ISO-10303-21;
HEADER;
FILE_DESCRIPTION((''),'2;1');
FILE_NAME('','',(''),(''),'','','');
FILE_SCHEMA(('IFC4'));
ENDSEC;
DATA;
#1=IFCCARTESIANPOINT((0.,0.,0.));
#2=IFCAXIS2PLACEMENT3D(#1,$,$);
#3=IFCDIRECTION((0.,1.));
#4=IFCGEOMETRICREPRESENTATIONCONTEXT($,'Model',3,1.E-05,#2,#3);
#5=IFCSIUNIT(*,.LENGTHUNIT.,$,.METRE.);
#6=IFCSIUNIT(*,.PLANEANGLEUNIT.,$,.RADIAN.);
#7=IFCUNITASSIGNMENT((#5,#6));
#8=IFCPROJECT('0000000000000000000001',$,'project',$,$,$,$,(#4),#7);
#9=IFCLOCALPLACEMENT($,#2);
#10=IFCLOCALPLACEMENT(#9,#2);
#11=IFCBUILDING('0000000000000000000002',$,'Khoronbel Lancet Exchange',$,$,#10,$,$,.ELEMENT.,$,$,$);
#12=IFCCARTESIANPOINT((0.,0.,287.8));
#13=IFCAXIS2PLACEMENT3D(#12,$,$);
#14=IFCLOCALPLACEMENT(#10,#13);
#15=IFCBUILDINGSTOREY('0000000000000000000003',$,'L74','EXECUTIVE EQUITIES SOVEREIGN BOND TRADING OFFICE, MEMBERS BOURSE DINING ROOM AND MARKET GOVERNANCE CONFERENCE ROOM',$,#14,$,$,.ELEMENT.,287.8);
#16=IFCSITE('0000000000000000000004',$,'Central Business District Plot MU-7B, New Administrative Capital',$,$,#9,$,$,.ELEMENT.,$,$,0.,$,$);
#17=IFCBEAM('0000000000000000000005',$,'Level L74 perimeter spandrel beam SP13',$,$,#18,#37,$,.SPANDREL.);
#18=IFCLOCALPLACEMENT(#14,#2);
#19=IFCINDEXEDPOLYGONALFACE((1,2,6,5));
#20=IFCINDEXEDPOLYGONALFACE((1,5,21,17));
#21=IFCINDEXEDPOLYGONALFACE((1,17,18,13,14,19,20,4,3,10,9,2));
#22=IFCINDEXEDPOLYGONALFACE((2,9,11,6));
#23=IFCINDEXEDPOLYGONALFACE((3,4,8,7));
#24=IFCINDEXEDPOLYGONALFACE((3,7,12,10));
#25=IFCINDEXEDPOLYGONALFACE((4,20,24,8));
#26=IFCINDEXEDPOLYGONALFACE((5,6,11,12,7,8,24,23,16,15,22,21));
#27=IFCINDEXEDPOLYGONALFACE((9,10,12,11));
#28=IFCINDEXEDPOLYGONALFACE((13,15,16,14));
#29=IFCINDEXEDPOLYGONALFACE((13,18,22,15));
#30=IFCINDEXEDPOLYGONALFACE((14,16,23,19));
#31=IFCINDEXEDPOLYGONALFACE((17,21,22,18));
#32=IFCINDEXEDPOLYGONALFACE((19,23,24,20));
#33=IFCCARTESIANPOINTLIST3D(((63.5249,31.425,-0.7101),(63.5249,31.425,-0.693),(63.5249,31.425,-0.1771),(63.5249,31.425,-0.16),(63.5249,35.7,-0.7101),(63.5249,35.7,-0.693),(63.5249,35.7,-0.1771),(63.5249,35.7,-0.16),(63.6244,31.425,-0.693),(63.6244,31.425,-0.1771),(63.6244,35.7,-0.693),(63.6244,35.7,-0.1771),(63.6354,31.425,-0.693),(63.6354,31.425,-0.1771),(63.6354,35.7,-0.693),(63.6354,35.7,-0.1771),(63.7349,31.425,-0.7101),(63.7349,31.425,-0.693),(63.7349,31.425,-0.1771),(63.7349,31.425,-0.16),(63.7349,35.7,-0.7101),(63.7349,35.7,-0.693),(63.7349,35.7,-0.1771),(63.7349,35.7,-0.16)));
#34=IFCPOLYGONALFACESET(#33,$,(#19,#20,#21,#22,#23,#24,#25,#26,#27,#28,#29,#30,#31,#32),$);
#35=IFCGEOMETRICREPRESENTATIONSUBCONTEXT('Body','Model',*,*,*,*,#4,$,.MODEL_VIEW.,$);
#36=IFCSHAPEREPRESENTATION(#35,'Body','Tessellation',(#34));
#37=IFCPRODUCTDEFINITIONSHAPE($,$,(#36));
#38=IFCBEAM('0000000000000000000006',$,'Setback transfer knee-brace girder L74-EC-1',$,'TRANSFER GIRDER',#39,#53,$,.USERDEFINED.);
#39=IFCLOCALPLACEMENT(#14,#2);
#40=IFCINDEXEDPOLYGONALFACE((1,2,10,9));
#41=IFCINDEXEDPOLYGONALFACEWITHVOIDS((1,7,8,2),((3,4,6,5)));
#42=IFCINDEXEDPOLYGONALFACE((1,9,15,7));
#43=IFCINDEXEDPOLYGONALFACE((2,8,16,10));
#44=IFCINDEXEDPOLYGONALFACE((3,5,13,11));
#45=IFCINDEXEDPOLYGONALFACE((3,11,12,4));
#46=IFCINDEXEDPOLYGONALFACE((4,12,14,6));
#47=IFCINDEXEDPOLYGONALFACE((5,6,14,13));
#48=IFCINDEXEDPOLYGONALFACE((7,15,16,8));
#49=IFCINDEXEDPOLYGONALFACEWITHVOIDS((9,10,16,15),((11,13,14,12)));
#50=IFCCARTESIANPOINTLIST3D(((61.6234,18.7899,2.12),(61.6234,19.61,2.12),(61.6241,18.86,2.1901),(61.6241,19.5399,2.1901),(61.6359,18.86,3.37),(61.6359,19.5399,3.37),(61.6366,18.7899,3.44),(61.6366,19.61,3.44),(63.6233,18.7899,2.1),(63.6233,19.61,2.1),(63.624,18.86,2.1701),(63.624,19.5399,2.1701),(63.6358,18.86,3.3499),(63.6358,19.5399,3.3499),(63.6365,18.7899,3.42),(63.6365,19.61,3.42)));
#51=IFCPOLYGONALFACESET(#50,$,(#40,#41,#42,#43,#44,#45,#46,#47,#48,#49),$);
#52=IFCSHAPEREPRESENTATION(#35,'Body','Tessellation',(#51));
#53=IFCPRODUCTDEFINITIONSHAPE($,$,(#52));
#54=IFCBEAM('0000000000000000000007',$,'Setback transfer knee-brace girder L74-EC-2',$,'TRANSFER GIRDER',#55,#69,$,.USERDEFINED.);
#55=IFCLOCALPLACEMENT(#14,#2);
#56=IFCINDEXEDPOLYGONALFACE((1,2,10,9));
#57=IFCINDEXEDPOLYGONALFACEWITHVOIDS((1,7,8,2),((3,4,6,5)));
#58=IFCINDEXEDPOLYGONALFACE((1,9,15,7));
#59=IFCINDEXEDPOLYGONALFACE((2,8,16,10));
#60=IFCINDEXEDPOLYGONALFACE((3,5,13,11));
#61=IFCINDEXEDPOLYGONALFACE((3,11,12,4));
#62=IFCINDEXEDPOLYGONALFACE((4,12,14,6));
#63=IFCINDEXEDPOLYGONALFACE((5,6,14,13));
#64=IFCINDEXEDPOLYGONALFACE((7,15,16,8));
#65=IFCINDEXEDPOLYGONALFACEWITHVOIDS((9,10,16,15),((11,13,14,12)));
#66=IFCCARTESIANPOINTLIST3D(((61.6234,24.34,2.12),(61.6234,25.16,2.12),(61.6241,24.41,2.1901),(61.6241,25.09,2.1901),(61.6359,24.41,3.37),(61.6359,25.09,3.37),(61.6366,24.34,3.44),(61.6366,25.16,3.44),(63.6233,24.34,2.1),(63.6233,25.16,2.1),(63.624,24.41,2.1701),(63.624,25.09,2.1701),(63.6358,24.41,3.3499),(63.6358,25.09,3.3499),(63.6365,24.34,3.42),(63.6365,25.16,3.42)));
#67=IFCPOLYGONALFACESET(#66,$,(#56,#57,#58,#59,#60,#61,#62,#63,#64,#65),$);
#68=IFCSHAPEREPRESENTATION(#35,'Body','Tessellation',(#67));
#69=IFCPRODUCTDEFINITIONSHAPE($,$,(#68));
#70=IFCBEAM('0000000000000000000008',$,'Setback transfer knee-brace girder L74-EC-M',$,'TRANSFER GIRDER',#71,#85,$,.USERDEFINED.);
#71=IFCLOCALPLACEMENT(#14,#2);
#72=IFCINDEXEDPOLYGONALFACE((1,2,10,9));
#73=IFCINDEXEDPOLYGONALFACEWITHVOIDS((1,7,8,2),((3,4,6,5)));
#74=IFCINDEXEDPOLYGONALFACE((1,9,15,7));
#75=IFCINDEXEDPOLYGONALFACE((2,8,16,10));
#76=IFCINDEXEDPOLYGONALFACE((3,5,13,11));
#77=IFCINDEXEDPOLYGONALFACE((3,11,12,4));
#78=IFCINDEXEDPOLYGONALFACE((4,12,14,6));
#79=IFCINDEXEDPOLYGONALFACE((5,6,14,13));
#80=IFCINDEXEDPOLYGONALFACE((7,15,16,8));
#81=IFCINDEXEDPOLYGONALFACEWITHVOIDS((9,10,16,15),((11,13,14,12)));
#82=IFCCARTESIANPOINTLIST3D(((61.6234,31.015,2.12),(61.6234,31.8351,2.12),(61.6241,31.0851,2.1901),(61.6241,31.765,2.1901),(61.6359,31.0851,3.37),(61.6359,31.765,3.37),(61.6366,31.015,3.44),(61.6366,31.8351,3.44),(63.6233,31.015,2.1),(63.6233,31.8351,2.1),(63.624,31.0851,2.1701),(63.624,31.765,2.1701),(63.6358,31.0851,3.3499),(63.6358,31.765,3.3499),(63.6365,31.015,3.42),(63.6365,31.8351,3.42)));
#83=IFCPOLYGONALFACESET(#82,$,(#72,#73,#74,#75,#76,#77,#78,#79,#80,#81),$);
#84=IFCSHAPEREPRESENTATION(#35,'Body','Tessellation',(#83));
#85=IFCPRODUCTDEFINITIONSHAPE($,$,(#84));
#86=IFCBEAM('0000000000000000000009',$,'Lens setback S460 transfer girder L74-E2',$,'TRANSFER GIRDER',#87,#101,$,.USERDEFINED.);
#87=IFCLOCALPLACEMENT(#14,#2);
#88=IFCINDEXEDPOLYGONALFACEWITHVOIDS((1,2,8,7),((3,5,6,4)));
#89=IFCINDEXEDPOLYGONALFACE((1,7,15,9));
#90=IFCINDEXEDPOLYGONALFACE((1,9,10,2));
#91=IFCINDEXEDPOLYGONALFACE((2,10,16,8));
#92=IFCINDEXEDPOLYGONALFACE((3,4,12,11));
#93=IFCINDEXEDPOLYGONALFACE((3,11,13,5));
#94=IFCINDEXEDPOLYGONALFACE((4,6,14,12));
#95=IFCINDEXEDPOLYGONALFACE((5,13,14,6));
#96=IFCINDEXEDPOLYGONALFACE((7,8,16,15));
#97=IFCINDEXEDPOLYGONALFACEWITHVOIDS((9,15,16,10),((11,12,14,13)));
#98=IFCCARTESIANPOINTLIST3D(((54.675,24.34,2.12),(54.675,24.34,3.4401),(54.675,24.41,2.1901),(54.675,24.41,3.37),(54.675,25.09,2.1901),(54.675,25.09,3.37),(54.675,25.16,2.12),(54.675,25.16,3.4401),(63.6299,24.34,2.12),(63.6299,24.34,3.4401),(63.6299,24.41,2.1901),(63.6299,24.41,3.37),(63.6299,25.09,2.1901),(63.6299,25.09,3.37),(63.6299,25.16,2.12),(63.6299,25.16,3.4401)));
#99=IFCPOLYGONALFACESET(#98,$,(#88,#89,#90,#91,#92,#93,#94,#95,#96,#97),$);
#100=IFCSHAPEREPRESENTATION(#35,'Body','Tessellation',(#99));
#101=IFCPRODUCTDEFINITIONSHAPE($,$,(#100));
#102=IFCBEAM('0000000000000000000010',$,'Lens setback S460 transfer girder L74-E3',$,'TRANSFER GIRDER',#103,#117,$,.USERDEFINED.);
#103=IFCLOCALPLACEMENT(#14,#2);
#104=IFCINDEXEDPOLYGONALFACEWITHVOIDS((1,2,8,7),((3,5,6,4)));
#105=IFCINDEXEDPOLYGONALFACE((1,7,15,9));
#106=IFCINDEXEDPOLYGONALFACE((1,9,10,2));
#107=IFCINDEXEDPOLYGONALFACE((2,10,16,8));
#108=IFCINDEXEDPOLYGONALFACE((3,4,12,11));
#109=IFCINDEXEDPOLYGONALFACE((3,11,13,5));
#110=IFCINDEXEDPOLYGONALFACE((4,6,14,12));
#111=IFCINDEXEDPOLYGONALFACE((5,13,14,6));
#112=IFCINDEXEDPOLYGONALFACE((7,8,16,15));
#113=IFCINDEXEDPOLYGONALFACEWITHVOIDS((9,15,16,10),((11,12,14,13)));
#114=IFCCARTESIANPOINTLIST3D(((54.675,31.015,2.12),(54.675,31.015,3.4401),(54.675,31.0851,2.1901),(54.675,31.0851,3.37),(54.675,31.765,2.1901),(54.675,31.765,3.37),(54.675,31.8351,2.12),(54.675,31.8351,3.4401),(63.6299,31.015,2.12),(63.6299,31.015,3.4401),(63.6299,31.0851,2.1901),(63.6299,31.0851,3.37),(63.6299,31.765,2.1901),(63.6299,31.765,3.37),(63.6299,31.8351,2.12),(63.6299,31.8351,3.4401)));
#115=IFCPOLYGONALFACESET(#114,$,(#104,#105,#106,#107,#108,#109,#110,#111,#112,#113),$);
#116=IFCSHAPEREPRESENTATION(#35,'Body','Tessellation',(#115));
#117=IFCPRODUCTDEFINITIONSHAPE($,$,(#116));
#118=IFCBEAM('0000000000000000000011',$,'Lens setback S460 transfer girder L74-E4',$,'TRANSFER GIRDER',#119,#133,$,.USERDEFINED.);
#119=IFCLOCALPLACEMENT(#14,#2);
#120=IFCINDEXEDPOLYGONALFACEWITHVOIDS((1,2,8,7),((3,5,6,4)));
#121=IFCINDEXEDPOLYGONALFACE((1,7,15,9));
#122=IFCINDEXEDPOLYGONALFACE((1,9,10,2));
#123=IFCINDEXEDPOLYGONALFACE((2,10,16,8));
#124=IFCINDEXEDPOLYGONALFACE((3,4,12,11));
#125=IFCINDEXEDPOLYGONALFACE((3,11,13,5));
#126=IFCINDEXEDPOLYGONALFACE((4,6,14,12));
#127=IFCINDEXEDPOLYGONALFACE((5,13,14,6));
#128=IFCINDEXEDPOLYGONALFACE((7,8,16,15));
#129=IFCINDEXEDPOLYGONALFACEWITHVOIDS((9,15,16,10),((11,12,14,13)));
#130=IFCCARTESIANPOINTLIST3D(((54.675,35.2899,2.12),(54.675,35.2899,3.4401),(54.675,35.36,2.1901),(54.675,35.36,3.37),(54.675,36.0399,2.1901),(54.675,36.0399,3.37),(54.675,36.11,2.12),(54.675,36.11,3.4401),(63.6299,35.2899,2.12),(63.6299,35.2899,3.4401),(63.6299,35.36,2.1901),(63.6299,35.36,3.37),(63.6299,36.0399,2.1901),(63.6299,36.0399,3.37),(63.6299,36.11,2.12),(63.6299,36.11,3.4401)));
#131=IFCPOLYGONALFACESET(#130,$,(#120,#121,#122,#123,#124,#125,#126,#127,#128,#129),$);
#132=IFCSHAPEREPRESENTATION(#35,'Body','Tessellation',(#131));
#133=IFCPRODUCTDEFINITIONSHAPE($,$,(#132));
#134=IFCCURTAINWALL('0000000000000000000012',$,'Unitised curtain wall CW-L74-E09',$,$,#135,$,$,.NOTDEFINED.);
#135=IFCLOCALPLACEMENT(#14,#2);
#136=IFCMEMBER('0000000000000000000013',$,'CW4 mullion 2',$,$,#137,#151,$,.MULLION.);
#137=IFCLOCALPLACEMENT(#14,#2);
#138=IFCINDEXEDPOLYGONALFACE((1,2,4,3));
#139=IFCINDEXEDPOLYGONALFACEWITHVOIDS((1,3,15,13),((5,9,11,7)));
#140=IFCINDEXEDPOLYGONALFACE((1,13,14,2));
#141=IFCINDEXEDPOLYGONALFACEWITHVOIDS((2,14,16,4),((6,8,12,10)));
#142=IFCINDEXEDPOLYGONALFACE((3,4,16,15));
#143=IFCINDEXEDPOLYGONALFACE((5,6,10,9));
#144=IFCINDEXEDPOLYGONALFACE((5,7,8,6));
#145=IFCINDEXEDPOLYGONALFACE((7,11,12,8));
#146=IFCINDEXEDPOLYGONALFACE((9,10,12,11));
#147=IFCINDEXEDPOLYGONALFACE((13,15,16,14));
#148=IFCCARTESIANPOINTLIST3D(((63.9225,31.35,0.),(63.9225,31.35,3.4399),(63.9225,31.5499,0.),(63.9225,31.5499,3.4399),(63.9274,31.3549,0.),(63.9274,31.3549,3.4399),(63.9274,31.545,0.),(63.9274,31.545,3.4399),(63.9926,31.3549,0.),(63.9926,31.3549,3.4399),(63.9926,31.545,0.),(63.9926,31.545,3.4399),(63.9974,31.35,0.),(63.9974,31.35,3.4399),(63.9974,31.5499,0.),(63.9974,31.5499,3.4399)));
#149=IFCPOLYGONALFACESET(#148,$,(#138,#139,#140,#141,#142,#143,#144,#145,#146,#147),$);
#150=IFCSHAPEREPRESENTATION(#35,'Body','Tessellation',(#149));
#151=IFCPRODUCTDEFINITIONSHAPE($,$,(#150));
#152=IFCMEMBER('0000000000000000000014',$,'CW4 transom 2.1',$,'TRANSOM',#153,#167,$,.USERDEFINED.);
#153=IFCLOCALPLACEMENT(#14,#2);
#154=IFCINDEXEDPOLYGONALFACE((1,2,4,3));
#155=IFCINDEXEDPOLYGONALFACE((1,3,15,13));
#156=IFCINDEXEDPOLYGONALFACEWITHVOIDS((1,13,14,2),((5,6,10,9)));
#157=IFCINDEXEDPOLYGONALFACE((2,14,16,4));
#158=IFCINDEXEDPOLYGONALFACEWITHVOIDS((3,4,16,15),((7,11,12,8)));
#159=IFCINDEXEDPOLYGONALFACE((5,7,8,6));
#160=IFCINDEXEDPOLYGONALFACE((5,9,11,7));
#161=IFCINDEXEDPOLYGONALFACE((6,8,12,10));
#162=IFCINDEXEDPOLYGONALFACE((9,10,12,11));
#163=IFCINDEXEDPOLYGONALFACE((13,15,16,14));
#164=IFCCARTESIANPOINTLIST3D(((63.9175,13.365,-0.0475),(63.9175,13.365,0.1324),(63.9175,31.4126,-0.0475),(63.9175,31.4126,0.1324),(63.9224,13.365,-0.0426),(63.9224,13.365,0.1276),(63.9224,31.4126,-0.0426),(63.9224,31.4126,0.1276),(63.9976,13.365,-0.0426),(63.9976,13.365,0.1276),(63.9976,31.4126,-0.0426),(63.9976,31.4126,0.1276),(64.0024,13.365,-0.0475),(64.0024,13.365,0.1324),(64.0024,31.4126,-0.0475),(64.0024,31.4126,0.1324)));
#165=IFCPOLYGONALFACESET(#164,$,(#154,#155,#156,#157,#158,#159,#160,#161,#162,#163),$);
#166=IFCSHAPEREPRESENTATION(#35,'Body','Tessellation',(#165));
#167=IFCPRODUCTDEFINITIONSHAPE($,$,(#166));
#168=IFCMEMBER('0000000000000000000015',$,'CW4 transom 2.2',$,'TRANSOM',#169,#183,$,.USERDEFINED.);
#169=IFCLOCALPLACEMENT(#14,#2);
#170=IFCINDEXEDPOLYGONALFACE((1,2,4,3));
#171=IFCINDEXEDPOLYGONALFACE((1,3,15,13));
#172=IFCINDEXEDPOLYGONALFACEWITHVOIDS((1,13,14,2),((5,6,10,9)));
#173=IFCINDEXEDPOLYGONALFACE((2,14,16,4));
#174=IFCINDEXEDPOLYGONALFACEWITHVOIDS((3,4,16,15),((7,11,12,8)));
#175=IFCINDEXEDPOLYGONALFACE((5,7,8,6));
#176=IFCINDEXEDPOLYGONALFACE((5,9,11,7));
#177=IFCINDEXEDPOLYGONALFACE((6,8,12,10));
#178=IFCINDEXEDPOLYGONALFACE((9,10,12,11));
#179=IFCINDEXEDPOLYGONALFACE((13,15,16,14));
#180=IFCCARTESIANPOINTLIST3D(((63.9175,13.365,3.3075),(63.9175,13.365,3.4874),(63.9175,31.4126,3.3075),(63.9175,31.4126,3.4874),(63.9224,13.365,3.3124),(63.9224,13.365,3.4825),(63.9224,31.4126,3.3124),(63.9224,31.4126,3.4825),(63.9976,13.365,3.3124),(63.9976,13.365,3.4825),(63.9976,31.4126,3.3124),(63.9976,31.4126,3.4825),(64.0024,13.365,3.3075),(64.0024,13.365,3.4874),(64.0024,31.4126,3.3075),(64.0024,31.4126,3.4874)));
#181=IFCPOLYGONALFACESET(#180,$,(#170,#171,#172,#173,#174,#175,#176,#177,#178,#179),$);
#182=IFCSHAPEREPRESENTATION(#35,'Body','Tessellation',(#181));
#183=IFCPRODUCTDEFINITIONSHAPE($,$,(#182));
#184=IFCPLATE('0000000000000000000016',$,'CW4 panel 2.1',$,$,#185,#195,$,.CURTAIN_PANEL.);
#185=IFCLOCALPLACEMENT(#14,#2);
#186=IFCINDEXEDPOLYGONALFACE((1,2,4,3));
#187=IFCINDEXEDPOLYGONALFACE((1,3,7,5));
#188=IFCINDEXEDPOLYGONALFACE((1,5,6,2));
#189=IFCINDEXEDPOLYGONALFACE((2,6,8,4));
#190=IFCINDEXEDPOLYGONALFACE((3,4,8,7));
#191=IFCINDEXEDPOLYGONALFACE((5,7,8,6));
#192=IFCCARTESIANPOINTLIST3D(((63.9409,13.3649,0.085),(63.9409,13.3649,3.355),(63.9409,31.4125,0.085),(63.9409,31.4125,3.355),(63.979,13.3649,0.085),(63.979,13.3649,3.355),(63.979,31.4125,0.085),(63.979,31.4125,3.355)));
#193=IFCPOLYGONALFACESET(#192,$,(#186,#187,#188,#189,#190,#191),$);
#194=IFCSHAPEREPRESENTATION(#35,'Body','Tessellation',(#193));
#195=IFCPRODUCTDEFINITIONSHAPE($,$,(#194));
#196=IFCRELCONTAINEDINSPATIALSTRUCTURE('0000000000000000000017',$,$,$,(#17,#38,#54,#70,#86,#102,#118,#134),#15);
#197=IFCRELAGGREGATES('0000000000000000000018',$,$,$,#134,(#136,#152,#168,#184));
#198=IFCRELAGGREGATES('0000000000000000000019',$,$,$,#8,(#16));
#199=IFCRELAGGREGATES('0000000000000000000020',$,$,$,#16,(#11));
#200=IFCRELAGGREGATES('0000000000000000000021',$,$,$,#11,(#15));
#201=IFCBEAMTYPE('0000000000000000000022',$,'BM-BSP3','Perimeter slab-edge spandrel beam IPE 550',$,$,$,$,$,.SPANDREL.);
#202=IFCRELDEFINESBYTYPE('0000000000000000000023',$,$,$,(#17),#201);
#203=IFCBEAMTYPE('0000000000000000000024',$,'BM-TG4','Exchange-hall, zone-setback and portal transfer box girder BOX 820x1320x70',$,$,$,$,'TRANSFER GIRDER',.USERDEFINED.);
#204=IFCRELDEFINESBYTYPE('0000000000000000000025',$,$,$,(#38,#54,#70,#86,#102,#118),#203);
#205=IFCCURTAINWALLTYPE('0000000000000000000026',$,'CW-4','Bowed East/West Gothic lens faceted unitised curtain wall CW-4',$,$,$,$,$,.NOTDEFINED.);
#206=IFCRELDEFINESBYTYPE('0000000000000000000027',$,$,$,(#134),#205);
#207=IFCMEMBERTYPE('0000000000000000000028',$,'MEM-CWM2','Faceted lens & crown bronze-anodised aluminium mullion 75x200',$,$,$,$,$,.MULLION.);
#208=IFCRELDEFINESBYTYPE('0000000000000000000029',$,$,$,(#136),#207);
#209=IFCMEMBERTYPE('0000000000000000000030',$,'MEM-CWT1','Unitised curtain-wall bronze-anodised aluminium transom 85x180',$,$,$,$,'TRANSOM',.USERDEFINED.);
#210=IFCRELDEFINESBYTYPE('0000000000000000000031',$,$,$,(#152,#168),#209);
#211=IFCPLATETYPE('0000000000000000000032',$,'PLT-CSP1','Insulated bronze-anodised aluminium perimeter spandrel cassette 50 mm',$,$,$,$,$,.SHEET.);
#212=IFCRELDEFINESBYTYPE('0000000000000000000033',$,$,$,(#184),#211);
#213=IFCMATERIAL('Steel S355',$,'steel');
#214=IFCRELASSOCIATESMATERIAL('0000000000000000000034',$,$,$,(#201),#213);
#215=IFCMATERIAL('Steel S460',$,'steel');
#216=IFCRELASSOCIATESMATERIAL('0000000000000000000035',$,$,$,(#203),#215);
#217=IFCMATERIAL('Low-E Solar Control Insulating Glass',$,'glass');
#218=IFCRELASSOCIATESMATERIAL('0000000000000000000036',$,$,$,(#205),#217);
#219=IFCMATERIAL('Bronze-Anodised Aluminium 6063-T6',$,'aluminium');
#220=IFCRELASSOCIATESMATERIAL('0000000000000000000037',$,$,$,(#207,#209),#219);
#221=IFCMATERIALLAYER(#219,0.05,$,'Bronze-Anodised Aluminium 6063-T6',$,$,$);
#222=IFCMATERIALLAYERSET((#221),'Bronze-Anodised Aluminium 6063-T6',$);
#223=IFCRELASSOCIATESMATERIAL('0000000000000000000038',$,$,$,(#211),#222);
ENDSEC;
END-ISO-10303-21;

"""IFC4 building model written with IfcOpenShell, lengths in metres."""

from ifc_helpers import new_model, si_unit, direction, frame, origin, origin_2d, place, context, subcontext, project, spatial, rectangle, hollow_rectangle, i_section, extrude, material, layer, layer_set, material_profile, profile_set, type_object, element, aggregate, save


model = new_model("IFC4")

# Units and contexts
model_context = context("Model", 3, precision=1e-05, world=origin(), true_north=direction((0.0, 1.0)))
body_context = subcontext(model_context, "Body", "Model", "MODEL_VIEW")
ifc_project = project(units=[si_unit("LENGTHUNIT", "METRE"), si_unit("PLANEANGLEUNIT", "RADIAN")], contexts=[model_context])

# Site, building, storey
site_placement = place(None, origin())
site = spatial("IfcSite", under=ifc_project, at=site_placement, Name="Central Business District Plot MU-7B, New Administrative Capital", CompositionType="ELEMENT", RefElevation=0.0)
building_placement = place(site_placement, origin())
building = spatial("IfcBuilding", under=site, at=building_placement, Name="Khoronbel Lancet Exchange", CompositionType="ELEMENT")
storey_placement = place(building_placement, frame((0.0, 0.0, 287.8)))
storey = spatial("IfcBuildingStorey", under=building, at=storey_placement, Name="L74", Description="EXECUTIVE EQUITIES SOVEREIGN BOND TRADING OFFICE, MEMBERS BOURSE DINING ROOM AND MARKET GOVERNANCE CONFERENCE ROOM", CompositionType="ELEMENT", Elevation=287.8)

# Shared definitions
ifc_material_1 = material(Name="Steel S355", Category="steel")

# Beams
ifc_material_profile_1 = material_profile(ifc_material_1, i_section(OverallWidth=0.21, OverallDepth=0.55, WebThickness=0.011, FlangeThickness=0.0171, at=origin_2d()), Name="IPE 550")
ifc_profile_set_1 = profile_set([ifc_material_profile_1], Name="Steel S355")
beam_type_1 = type_object("IfcBeamType", Name="BM-BSP3", Description="Perimeter slab-edge spandrel beam IPE 550", PredefinedType="SPANDREL", material=ifc_profile_set_1)
beam_1_placement = place(storey_placement, frame((63.6299, 31.425, -0.4351), z_axis=(0.0, 1.0, 0.0), x_axis=(-1.0, 0.0, 0.0)))
element("IfcBeam", 1, at=beam_1_placement, inside=storey, type_object=beam_type_1, Name="Level L74 perimeter spandrel beam SP13", PredefinedType="SPANDREL", context=body_context, shape_type="SweptSolid", body=[
    extrude(i_section(OverallWidth=0.21, OverallDepth=0.55, WebThickness=0.011, FlangeThickness=0.0171, at=origin_2d()), origin(), (0.0, 0.0, 1.0), 4.2749),
])
ifc_material_2 = material(Name="Steel S460", Category="steel")
ifc_material_profile_2 = material_profile(ifc_material_2, hollow_rectangle(XDim=0.8201, YDim=1.3201, WallThickness=0.0701, at=origin_2d()), Name="BOX 820x1320x70")
ifc_profile_set_2 = profile_set([ifc_material_profile_2], Name="Steel S460")
beam_type_2 = type_object("IfcBeamType", Name="BM-TG4", Description="Exchange-hall, zone-setback and portal transfer box girder BOX 820x1320x70", ElementType="TRANSFER GIRDER", PredefinedType="USERDEFINED", material=ifc_profile_set_2)
for number, where, z_axis, x_axis, name in (
    (2, (63.6299, 19.2, 2.76), (-0.99995, 0.0, 0.010009), (0.0, -1.0, 0.0), "Setback transfer knee-brace girder L74-EC-1"),
    (3, (63.6299, 24.75, 2.76), (-0.99995, 0.0, 0.010009), (0.0, -1.0, 0.0), "Setback transfer knee-brace girder L74-EC-2"),
    (4, (63.6299, 31.425, 2.76), (-0.99995, 0.0, 0.010009), (0.0, -1.0, 0.0), "Setback transfer knee-brace girder L74-EC-M"),
):
    element("IfcBeam", number, at=place(storey_placement, frame(where, z_axis=z_axis, x_axis=x_axis)), inside=storey, type_object=beam_type_2, Name=name, ObjectType="TRANSFER GIRDER", PredefinedType="USERDEFINED", context=body_context, shape_type="SweptSolid", body=[
        extrude(hollow_rectangle(XDim=0.8201, YDim=1.3201, WallThickness=0.0701, at=origin_2d()), origin(), (0.0, 0.0, 1.0), 2.0),
    ])
for number, where, z_axis, x_axis, name in (
    (5, (54.675, 24.75, 2.78), (1.0, 0.0, 0.0), (0.0, 1.0, 0.0), "Lens setback S460 transfer girder L74-E2"),
    (6, (54.675, 31.425, 2.78), (1.0, 0.0, 0.0), (0.0, 1.0, 0.0), "Lens setback S460 transfer girder L74-E3"),
    (7, (54.675, 35.7, 2.78), (1.0, 0.0, 0.0), (0.0, 1.0, 0.0), "Lens setback S460 transfer girder L74-E4"),
):
    element("IfcBeam", number, at=place(storey_placement, frame(where, z_axis=z_axis, x_axis=x_axis)), inside=storey, type_object=beam_type_2, Name=name, ObjectType="TRANSFER GIRDER", PredefinedType="USERDEFINED", context=body_context, shape_type="SweptSolid", body=[
        extrude(hollow_rectangle(XDim=0.8201, YDim=1.3201, WallThickness=0.0701, at=origin_2d()), origin(), (0.0, 0.0, 1.0), 8.9548),
    ])

# Curtain wall, members, plate
ifc_material_3 = material(Name="Low-E Solar Control Insulating Glass", Category="glass")
curtain_wall_type = type_object("IfcCurtainWallType", Name="CW-4", Description="Bowed East/West Gothic lens faceted unitised curtain wall CW-4", PredefinedType="NOTDEFINED", material=ifc_material_3)
curtain_wall_placement = place(storey_placement, origin())
curtain_wall = element("IfcCurtainWall", 8, at=curtain_wall_placement, inside=storey, type_object=curtain_wall_type, Name="Unitised curtain wall CW-L74-E09", PredefinedType="NOTDEFINED")
ifc_material_4 = material(Name="Bronze-Anodised Aluminium 6063-T6", Category="aluminium")
ifc_material_profile_3 = material_profile(ifc_material_4, hollow_rectangle(XDim=0.075, YDim=0.2, WallThickness=0.0049, at=origin_2d()), Name="ALU MULLION 75x200")
ifc_profile_set_3 = profile_set([ifc_material_profile_3], Name="Bronze-Anodised Aluminium 6063-T6")
member_type_1 = type_object("IfcMemberType", Name="MEM-CWM2", Description="Faceted lens & crown bronze-anodised aluminium mullion 75x200", PredefinedType="MULLION", material=ifc_profile_set_3)
member_1_placement = place(storey_placement, frame((63.96, 31.45, 0.0), z_axis=(0.0, 0.0, 1.0), x_axis=(1.0, 0.0, 0.0)))
member_1 = element("IfcMember", 9, at=member_1_placement, type_object=member_type_1, Name="CW4 mullion 2", PredefinedType="MULLION", context=body_context, shape_type="SweptSolid", body=[
    extrude(hollow_rectangle(XDim=0.075, YDim=0.2, WallThickness=0.0049, at=origin_2d()), origin(), (0.0, 0.0, 1.0), 3.4399),
])
ifc_material_profile_4 = material_profile(ifc_material_4, hollow_rectangle(XDim=0.085, YDim=0.1799, WallThickness=0.0049, at=origin_2d()), Name="ALU TRANSOM 85x180")
ifc_profile_set_4 = profile_set([ifc_material_profile_4], Name="Bronze-Anodised Aluminium 6063-T6")
member_type_2 = type_object("IfcMemberType", Name="MEM-CWT1", Description="Unitised curtain-wall bronze-anodised aluminium transom 85x180", ElementType="TRANSOM", PredefinedType="USERDEFINED", material=ifc_profile_set_4)
member_2_placement = place(storey_placement, frame((63.96, 31.4126, 0.0425), z_axis=(0.0, -1.0, 0.0), x_axis=(1.0, 0.0, 0.0)))
member_2 = element("IfcMember", 10, at=member_2_placement, type_object=member_type_2, Name="CW4 transom 2.1", ObjectType="TRANSOM", PredefinedType="USERDEFINED", context=body_context, shape_type="SweptSolid", body=[
    extrude(hollow_rectangle(XDim=0.085, YDim=0.1799, WallThickness=0.0049, at=origin_2d()), origin(), (0.0, 0.0, 1.0), 18.0476),
])
member_3_placement = place(storey_placement, frame((63.96, 31.4126, 3.3975), z_axis=(0.0, -1.0, 0.0), x_axis=(1.0, 0.0, 0.0)))
member_3 = element("IfcMember", 11, at=member_3_placement, type_object=member_type_2, Name="CW4 transom 2.2", ObjectType="TRANSOM", PredefinedType="USERDEFINED", context=body_context, shape_type="SweptSolid", body=[
    extrude(hollow_rectangle(XDim=0.085, YDim=0.1799, WallThickness=0.0049, at=origin_2d()), origin(), (0.0, 0.0, 1.0), 18.0476),
])
ifc_layer_1 = layer(ifc_material_4, 0.05, Name="Bronze-Anodised Aluminium 6063-T6")
ifc_layer_set_1 = layer_set([ifc_layer_1], Name="Bronze-Anodised Aluminium 6063-T6")
plate_type_1 = type_object("IfcPlateType", Name="PLT-CSP1", Description="Insulated bronze-anodised aluminium perimeter spandrel cassette 50 mm", PredefinedType="SHEET", material=ifc_layer_set_1)
plate_1_placement = place(storey_placement, frame((63.96, 22.3887, 0.085), z_axis=(0.0, 0.0, 1.0), x_axis=(0.0, -1.0, 0.0)))
plate_1 = element("IfcPlate", 12, at=plate_1_placement, type_object=plate_type_1, Name="CW4 panel 2.1", PredefinedType="CURTAIN_PANEL", context=body_context, shape_type="SweptSolid", body=[
    extrude(rectangle(XDim=18.0476, YDim=0.0381, at=origin_2d()), origin(), (0.0, 0.0, 1.0), 3.27),
])
aggregate(curtain_wall, [member_1, member_2, member_3, plate_1])

save(model, "model.ifc")
